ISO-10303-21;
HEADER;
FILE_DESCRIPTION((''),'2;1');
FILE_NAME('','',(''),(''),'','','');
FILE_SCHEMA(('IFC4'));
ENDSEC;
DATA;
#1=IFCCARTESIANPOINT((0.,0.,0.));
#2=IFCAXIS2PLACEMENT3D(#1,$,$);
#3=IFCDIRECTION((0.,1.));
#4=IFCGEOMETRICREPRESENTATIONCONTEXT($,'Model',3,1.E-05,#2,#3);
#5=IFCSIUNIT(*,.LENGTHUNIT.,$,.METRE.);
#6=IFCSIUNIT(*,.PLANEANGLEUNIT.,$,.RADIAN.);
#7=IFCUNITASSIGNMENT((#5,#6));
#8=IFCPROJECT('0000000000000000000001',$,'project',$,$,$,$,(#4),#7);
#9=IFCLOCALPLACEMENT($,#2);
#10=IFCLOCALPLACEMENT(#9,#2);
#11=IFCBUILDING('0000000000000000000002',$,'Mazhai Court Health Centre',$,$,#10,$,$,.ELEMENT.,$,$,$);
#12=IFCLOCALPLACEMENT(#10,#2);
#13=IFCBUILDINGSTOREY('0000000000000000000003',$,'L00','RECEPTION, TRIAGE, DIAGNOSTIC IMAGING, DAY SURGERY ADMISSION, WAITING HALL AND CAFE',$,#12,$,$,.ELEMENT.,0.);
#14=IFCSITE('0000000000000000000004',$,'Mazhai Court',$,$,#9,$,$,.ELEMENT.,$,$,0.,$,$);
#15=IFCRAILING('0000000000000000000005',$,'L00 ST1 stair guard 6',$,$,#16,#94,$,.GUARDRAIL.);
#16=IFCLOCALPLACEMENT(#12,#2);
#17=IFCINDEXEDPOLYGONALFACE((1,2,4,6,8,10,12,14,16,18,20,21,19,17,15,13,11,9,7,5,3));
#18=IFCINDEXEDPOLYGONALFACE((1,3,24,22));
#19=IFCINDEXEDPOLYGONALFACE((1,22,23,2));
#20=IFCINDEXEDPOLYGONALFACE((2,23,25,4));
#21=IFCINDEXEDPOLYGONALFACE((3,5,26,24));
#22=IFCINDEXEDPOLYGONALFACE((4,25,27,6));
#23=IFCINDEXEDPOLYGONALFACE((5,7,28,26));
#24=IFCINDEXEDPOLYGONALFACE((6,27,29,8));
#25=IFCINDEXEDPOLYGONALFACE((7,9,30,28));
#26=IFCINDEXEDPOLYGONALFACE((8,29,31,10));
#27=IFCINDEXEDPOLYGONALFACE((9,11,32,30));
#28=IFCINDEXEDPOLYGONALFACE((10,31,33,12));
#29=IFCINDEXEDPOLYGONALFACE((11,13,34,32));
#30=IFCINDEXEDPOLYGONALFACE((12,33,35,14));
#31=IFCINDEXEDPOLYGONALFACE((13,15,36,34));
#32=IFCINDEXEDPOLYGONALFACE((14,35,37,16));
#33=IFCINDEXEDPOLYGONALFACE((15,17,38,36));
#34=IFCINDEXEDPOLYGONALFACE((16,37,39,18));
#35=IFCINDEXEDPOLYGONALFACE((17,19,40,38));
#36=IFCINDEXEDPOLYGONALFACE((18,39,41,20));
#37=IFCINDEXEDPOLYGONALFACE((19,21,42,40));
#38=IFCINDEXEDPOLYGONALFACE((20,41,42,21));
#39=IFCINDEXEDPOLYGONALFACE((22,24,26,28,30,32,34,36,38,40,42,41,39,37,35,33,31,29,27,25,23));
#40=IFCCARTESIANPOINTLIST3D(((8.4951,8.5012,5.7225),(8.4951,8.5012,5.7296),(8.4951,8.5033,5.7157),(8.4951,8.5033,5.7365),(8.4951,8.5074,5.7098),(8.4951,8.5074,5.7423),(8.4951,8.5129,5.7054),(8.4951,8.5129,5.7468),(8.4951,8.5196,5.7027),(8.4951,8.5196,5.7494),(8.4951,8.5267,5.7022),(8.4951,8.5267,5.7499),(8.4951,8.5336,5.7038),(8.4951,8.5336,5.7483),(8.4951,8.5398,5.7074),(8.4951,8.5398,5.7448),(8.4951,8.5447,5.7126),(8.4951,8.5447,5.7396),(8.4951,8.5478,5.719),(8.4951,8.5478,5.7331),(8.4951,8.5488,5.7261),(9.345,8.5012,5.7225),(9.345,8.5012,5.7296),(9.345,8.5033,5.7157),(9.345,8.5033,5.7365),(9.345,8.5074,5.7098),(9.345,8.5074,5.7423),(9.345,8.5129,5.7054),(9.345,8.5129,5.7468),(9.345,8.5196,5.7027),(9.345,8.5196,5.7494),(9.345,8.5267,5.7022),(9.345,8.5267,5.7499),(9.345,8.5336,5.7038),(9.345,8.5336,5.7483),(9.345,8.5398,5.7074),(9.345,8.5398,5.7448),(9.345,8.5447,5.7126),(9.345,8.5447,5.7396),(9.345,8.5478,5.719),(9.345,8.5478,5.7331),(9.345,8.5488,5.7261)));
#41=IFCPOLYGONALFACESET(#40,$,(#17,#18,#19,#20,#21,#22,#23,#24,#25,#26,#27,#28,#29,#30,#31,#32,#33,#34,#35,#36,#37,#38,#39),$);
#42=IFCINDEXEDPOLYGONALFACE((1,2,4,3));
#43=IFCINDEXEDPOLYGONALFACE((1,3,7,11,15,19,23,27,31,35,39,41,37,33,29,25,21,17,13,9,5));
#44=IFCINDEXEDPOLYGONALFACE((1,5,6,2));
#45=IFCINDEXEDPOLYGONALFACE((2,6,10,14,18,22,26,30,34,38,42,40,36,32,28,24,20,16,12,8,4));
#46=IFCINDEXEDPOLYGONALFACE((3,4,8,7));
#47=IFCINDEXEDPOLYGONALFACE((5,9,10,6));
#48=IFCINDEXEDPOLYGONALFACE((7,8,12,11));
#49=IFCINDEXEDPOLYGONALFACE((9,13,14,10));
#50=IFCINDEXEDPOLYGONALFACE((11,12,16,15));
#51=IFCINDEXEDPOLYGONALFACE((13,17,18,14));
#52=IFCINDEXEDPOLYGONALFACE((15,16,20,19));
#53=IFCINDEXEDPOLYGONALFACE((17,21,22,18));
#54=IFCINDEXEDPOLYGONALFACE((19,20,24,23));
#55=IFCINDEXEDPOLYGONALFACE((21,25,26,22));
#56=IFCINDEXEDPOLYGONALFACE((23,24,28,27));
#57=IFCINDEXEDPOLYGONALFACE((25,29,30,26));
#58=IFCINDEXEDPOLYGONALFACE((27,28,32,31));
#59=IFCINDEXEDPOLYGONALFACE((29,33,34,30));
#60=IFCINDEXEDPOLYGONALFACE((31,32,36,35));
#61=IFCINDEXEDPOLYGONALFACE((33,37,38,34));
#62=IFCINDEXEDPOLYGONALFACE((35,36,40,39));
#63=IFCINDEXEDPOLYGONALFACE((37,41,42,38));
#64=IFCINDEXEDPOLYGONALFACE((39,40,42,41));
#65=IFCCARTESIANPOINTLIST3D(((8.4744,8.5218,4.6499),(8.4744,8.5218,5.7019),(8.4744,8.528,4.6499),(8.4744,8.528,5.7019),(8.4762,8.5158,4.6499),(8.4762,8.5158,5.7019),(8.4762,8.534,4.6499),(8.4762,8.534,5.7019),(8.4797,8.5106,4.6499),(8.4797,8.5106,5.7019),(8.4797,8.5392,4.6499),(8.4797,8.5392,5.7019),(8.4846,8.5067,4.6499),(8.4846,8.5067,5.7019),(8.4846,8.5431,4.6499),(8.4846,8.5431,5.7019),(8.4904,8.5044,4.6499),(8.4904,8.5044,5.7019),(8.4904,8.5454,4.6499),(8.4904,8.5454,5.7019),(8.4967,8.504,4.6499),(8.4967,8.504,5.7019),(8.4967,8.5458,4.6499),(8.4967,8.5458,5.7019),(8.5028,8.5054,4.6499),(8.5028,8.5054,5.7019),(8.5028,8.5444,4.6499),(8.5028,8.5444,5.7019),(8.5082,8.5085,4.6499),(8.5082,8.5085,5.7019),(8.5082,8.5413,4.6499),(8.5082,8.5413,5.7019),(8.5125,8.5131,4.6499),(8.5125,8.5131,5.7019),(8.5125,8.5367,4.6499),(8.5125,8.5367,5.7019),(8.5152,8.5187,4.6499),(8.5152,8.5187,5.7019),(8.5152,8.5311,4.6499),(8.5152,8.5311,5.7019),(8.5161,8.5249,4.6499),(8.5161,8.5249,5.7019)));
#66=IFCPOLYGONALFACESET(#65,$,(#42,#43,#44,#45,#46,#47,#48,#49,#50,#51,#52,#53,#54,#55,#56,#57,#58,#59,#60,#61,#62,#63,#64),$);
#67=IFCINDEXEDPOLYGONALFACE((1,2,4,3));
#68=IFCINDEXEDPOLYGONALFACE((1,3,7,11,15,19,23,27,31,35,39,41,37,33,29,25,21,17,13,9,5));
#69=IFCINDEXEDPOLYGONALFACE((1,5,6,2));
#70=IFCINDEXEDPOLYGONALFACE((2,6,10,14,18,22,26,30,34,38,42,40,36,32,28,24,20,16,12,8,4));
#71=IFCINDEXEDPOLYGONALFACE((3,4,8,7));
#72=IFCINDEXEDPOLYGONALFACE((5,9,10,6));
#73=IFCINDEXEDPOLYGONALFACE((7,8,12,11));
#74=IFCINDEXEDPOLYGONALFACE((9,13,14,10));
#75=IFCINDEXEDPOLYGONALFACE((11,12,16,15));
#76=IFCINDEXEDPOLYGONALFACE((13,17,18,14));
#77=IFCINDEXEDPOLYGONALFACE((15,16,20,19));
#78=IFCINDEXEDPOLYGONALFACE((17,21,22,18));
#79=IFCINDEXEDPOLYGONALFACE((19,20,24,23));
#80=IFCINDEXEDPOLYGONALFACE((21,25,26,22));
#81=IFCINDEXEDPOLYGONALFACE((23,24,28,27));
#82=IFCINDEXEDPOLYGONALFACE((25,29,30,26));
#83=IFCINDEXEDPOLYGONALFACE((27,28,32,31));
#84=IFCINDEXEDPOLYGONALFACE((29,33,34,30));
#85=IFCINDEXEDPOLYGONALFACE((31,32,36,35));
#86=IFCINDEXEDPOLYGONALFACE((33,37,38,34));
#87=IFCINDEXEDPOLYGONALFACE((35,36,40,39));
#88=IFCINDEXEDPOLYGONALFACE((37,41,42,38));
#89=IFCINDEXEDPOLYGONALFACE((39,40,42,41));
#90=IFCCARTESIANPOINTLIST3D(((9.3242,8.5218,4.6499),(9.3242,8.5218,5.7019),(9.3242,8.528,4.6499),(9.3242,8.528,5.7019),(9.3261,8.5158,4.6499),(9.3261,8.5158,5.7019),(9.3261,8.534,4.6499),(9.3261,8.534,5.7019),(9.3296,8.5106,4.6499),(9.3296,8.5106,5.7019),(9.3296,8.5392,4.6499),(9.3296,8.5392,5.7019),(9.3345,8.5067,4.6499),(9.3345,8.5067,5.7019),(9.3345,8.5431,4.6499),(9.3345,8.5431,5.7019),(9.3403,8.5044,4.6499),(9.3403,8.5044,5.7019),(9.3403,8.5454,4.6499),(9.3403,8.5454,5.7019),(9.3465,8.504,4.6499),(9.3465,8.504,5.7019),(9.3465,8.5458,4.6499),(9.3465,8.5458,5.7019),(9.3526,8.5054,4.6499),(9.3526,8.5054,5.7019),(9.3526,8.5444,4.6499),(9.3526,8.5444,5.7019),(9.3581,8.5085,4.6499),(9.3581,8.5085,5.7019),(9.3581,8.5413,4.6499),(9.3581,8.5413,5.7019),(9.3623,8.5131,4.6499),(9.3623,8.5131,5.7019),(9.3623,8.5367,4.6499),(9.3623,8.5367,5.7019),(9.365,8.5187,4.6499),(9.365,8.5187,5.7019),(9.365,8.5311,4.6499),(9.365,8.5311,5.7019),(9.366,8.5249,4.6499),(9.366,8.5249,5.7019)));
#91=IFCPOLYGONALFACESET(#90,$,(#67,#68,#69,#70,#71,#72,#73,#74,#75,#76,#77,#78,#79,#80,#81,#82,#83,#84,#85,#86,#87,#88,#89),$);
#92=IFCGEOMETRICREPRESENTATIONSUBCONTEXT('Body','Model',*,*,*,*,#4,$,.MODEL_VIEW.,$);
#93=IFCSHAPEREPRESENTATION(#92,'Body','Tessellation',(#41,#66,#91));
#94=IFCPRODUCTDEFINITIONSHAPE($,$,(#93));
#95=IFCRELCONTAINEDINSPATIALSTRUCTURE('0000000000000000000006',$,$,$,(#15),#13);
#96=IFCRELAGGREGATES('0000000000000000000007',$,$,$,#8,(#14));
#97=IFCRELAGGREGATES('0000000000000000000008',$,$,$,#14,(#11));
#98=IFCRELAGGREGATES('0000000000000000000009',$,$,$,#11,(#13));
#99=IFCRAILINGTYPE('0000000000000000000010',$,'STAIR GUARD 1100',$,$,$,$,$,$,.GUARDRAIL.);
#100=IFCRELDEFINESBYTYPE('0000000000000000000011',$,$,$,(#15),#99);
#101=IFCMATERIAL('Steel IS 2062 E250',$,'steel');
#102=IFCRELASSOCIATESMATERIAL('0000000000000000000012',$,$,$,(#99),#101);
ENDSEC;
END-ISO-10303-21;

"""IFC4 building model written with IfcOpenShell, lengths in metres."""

from ifc_helpers import new_model, si_unit, direction, frame, origin, origin_2d, place, context, subcontext, project, spatial, circle, extrude, material, type_object, element, save


model = new_model("IFC4")

# Units and contexts
model_context = context("Model", 3, precision=1e-05, world=origin(), true_north=direction((0.0, 1.0)))
body_context = subcontext(model_context, "Body", "Model", "MODEL_VIEW")
ifc_project = project(units=[si_unit("LENGTHUNIT", "METRE"), si_unit("PLANEANGLEUNIT", "RADIAN")], contexts=[model_context])

# Site, building, storey
site_placement = place(None, origin())
site = spatial("IfcSite", under=ifc_project, at=site_placement, Name="Mazhai Court", CompositionType="ELEMENT", RefElevation=0.0)
building_placement = place(site_placement, origin())
building = spatial("IfcBuilding", under=site, at=building_placement, Name="Mazhai Court Health Centre", CompositionType="ELEMENT")
storey_placement = place(building_placement, origin())
storey = spatial("IfcBuildingStorey", under=building, at=storey_placement, Name="L00", Description="RECEPTION, TRIAGE, DIAGNOSTIC IMAGING, DAY SURGERY ADMISSION, WAITING HALL AND CAFE", CompositionType="ELEMENT", Elevation=0.0)

# Railing
ifc_material_1 = material(Name="Steel IS 2062 E250", Category="steel")
railing_type_1 = type_object("IfcRailingType", Name="STAIR GUARD 1100", PredefinedType="GUARDRAIL", material=ifc_material_1)
railing_1_placement = place(storey_placement, frame((8.4951, 8.5249, 4.6499)))
element("IfcRailing", 1, at=railing_1_placement, inside=storey, type_object=railing_type_1, Name="L00 ST1 stair guard 6", PredefinedType="GUARDRAIL", context=body_context, shape_type="SweptSolid", body=[
    extrude(circle(Radius=0.0239, at=origin_2d()), frame((0.0, 0.0, 1.0762), z_axis=(1.0, 0.0, 0.0), x_axis=(0.0, 1.0, 0.0)), (0.0, 0.0, 1.0), 0.8499),
    extrude(circle(Radius=0.021, at=origin_2d()), origin(), (0.0, 0.0, 1.0), 1.052),
    extrude(circle(Radius=0.021, at=origin_2d()), frame((0.8499, 0.0, 0.0)), (0.0, 0.0, 1.0), 1.052),
])

save(model, "model.ifc")
